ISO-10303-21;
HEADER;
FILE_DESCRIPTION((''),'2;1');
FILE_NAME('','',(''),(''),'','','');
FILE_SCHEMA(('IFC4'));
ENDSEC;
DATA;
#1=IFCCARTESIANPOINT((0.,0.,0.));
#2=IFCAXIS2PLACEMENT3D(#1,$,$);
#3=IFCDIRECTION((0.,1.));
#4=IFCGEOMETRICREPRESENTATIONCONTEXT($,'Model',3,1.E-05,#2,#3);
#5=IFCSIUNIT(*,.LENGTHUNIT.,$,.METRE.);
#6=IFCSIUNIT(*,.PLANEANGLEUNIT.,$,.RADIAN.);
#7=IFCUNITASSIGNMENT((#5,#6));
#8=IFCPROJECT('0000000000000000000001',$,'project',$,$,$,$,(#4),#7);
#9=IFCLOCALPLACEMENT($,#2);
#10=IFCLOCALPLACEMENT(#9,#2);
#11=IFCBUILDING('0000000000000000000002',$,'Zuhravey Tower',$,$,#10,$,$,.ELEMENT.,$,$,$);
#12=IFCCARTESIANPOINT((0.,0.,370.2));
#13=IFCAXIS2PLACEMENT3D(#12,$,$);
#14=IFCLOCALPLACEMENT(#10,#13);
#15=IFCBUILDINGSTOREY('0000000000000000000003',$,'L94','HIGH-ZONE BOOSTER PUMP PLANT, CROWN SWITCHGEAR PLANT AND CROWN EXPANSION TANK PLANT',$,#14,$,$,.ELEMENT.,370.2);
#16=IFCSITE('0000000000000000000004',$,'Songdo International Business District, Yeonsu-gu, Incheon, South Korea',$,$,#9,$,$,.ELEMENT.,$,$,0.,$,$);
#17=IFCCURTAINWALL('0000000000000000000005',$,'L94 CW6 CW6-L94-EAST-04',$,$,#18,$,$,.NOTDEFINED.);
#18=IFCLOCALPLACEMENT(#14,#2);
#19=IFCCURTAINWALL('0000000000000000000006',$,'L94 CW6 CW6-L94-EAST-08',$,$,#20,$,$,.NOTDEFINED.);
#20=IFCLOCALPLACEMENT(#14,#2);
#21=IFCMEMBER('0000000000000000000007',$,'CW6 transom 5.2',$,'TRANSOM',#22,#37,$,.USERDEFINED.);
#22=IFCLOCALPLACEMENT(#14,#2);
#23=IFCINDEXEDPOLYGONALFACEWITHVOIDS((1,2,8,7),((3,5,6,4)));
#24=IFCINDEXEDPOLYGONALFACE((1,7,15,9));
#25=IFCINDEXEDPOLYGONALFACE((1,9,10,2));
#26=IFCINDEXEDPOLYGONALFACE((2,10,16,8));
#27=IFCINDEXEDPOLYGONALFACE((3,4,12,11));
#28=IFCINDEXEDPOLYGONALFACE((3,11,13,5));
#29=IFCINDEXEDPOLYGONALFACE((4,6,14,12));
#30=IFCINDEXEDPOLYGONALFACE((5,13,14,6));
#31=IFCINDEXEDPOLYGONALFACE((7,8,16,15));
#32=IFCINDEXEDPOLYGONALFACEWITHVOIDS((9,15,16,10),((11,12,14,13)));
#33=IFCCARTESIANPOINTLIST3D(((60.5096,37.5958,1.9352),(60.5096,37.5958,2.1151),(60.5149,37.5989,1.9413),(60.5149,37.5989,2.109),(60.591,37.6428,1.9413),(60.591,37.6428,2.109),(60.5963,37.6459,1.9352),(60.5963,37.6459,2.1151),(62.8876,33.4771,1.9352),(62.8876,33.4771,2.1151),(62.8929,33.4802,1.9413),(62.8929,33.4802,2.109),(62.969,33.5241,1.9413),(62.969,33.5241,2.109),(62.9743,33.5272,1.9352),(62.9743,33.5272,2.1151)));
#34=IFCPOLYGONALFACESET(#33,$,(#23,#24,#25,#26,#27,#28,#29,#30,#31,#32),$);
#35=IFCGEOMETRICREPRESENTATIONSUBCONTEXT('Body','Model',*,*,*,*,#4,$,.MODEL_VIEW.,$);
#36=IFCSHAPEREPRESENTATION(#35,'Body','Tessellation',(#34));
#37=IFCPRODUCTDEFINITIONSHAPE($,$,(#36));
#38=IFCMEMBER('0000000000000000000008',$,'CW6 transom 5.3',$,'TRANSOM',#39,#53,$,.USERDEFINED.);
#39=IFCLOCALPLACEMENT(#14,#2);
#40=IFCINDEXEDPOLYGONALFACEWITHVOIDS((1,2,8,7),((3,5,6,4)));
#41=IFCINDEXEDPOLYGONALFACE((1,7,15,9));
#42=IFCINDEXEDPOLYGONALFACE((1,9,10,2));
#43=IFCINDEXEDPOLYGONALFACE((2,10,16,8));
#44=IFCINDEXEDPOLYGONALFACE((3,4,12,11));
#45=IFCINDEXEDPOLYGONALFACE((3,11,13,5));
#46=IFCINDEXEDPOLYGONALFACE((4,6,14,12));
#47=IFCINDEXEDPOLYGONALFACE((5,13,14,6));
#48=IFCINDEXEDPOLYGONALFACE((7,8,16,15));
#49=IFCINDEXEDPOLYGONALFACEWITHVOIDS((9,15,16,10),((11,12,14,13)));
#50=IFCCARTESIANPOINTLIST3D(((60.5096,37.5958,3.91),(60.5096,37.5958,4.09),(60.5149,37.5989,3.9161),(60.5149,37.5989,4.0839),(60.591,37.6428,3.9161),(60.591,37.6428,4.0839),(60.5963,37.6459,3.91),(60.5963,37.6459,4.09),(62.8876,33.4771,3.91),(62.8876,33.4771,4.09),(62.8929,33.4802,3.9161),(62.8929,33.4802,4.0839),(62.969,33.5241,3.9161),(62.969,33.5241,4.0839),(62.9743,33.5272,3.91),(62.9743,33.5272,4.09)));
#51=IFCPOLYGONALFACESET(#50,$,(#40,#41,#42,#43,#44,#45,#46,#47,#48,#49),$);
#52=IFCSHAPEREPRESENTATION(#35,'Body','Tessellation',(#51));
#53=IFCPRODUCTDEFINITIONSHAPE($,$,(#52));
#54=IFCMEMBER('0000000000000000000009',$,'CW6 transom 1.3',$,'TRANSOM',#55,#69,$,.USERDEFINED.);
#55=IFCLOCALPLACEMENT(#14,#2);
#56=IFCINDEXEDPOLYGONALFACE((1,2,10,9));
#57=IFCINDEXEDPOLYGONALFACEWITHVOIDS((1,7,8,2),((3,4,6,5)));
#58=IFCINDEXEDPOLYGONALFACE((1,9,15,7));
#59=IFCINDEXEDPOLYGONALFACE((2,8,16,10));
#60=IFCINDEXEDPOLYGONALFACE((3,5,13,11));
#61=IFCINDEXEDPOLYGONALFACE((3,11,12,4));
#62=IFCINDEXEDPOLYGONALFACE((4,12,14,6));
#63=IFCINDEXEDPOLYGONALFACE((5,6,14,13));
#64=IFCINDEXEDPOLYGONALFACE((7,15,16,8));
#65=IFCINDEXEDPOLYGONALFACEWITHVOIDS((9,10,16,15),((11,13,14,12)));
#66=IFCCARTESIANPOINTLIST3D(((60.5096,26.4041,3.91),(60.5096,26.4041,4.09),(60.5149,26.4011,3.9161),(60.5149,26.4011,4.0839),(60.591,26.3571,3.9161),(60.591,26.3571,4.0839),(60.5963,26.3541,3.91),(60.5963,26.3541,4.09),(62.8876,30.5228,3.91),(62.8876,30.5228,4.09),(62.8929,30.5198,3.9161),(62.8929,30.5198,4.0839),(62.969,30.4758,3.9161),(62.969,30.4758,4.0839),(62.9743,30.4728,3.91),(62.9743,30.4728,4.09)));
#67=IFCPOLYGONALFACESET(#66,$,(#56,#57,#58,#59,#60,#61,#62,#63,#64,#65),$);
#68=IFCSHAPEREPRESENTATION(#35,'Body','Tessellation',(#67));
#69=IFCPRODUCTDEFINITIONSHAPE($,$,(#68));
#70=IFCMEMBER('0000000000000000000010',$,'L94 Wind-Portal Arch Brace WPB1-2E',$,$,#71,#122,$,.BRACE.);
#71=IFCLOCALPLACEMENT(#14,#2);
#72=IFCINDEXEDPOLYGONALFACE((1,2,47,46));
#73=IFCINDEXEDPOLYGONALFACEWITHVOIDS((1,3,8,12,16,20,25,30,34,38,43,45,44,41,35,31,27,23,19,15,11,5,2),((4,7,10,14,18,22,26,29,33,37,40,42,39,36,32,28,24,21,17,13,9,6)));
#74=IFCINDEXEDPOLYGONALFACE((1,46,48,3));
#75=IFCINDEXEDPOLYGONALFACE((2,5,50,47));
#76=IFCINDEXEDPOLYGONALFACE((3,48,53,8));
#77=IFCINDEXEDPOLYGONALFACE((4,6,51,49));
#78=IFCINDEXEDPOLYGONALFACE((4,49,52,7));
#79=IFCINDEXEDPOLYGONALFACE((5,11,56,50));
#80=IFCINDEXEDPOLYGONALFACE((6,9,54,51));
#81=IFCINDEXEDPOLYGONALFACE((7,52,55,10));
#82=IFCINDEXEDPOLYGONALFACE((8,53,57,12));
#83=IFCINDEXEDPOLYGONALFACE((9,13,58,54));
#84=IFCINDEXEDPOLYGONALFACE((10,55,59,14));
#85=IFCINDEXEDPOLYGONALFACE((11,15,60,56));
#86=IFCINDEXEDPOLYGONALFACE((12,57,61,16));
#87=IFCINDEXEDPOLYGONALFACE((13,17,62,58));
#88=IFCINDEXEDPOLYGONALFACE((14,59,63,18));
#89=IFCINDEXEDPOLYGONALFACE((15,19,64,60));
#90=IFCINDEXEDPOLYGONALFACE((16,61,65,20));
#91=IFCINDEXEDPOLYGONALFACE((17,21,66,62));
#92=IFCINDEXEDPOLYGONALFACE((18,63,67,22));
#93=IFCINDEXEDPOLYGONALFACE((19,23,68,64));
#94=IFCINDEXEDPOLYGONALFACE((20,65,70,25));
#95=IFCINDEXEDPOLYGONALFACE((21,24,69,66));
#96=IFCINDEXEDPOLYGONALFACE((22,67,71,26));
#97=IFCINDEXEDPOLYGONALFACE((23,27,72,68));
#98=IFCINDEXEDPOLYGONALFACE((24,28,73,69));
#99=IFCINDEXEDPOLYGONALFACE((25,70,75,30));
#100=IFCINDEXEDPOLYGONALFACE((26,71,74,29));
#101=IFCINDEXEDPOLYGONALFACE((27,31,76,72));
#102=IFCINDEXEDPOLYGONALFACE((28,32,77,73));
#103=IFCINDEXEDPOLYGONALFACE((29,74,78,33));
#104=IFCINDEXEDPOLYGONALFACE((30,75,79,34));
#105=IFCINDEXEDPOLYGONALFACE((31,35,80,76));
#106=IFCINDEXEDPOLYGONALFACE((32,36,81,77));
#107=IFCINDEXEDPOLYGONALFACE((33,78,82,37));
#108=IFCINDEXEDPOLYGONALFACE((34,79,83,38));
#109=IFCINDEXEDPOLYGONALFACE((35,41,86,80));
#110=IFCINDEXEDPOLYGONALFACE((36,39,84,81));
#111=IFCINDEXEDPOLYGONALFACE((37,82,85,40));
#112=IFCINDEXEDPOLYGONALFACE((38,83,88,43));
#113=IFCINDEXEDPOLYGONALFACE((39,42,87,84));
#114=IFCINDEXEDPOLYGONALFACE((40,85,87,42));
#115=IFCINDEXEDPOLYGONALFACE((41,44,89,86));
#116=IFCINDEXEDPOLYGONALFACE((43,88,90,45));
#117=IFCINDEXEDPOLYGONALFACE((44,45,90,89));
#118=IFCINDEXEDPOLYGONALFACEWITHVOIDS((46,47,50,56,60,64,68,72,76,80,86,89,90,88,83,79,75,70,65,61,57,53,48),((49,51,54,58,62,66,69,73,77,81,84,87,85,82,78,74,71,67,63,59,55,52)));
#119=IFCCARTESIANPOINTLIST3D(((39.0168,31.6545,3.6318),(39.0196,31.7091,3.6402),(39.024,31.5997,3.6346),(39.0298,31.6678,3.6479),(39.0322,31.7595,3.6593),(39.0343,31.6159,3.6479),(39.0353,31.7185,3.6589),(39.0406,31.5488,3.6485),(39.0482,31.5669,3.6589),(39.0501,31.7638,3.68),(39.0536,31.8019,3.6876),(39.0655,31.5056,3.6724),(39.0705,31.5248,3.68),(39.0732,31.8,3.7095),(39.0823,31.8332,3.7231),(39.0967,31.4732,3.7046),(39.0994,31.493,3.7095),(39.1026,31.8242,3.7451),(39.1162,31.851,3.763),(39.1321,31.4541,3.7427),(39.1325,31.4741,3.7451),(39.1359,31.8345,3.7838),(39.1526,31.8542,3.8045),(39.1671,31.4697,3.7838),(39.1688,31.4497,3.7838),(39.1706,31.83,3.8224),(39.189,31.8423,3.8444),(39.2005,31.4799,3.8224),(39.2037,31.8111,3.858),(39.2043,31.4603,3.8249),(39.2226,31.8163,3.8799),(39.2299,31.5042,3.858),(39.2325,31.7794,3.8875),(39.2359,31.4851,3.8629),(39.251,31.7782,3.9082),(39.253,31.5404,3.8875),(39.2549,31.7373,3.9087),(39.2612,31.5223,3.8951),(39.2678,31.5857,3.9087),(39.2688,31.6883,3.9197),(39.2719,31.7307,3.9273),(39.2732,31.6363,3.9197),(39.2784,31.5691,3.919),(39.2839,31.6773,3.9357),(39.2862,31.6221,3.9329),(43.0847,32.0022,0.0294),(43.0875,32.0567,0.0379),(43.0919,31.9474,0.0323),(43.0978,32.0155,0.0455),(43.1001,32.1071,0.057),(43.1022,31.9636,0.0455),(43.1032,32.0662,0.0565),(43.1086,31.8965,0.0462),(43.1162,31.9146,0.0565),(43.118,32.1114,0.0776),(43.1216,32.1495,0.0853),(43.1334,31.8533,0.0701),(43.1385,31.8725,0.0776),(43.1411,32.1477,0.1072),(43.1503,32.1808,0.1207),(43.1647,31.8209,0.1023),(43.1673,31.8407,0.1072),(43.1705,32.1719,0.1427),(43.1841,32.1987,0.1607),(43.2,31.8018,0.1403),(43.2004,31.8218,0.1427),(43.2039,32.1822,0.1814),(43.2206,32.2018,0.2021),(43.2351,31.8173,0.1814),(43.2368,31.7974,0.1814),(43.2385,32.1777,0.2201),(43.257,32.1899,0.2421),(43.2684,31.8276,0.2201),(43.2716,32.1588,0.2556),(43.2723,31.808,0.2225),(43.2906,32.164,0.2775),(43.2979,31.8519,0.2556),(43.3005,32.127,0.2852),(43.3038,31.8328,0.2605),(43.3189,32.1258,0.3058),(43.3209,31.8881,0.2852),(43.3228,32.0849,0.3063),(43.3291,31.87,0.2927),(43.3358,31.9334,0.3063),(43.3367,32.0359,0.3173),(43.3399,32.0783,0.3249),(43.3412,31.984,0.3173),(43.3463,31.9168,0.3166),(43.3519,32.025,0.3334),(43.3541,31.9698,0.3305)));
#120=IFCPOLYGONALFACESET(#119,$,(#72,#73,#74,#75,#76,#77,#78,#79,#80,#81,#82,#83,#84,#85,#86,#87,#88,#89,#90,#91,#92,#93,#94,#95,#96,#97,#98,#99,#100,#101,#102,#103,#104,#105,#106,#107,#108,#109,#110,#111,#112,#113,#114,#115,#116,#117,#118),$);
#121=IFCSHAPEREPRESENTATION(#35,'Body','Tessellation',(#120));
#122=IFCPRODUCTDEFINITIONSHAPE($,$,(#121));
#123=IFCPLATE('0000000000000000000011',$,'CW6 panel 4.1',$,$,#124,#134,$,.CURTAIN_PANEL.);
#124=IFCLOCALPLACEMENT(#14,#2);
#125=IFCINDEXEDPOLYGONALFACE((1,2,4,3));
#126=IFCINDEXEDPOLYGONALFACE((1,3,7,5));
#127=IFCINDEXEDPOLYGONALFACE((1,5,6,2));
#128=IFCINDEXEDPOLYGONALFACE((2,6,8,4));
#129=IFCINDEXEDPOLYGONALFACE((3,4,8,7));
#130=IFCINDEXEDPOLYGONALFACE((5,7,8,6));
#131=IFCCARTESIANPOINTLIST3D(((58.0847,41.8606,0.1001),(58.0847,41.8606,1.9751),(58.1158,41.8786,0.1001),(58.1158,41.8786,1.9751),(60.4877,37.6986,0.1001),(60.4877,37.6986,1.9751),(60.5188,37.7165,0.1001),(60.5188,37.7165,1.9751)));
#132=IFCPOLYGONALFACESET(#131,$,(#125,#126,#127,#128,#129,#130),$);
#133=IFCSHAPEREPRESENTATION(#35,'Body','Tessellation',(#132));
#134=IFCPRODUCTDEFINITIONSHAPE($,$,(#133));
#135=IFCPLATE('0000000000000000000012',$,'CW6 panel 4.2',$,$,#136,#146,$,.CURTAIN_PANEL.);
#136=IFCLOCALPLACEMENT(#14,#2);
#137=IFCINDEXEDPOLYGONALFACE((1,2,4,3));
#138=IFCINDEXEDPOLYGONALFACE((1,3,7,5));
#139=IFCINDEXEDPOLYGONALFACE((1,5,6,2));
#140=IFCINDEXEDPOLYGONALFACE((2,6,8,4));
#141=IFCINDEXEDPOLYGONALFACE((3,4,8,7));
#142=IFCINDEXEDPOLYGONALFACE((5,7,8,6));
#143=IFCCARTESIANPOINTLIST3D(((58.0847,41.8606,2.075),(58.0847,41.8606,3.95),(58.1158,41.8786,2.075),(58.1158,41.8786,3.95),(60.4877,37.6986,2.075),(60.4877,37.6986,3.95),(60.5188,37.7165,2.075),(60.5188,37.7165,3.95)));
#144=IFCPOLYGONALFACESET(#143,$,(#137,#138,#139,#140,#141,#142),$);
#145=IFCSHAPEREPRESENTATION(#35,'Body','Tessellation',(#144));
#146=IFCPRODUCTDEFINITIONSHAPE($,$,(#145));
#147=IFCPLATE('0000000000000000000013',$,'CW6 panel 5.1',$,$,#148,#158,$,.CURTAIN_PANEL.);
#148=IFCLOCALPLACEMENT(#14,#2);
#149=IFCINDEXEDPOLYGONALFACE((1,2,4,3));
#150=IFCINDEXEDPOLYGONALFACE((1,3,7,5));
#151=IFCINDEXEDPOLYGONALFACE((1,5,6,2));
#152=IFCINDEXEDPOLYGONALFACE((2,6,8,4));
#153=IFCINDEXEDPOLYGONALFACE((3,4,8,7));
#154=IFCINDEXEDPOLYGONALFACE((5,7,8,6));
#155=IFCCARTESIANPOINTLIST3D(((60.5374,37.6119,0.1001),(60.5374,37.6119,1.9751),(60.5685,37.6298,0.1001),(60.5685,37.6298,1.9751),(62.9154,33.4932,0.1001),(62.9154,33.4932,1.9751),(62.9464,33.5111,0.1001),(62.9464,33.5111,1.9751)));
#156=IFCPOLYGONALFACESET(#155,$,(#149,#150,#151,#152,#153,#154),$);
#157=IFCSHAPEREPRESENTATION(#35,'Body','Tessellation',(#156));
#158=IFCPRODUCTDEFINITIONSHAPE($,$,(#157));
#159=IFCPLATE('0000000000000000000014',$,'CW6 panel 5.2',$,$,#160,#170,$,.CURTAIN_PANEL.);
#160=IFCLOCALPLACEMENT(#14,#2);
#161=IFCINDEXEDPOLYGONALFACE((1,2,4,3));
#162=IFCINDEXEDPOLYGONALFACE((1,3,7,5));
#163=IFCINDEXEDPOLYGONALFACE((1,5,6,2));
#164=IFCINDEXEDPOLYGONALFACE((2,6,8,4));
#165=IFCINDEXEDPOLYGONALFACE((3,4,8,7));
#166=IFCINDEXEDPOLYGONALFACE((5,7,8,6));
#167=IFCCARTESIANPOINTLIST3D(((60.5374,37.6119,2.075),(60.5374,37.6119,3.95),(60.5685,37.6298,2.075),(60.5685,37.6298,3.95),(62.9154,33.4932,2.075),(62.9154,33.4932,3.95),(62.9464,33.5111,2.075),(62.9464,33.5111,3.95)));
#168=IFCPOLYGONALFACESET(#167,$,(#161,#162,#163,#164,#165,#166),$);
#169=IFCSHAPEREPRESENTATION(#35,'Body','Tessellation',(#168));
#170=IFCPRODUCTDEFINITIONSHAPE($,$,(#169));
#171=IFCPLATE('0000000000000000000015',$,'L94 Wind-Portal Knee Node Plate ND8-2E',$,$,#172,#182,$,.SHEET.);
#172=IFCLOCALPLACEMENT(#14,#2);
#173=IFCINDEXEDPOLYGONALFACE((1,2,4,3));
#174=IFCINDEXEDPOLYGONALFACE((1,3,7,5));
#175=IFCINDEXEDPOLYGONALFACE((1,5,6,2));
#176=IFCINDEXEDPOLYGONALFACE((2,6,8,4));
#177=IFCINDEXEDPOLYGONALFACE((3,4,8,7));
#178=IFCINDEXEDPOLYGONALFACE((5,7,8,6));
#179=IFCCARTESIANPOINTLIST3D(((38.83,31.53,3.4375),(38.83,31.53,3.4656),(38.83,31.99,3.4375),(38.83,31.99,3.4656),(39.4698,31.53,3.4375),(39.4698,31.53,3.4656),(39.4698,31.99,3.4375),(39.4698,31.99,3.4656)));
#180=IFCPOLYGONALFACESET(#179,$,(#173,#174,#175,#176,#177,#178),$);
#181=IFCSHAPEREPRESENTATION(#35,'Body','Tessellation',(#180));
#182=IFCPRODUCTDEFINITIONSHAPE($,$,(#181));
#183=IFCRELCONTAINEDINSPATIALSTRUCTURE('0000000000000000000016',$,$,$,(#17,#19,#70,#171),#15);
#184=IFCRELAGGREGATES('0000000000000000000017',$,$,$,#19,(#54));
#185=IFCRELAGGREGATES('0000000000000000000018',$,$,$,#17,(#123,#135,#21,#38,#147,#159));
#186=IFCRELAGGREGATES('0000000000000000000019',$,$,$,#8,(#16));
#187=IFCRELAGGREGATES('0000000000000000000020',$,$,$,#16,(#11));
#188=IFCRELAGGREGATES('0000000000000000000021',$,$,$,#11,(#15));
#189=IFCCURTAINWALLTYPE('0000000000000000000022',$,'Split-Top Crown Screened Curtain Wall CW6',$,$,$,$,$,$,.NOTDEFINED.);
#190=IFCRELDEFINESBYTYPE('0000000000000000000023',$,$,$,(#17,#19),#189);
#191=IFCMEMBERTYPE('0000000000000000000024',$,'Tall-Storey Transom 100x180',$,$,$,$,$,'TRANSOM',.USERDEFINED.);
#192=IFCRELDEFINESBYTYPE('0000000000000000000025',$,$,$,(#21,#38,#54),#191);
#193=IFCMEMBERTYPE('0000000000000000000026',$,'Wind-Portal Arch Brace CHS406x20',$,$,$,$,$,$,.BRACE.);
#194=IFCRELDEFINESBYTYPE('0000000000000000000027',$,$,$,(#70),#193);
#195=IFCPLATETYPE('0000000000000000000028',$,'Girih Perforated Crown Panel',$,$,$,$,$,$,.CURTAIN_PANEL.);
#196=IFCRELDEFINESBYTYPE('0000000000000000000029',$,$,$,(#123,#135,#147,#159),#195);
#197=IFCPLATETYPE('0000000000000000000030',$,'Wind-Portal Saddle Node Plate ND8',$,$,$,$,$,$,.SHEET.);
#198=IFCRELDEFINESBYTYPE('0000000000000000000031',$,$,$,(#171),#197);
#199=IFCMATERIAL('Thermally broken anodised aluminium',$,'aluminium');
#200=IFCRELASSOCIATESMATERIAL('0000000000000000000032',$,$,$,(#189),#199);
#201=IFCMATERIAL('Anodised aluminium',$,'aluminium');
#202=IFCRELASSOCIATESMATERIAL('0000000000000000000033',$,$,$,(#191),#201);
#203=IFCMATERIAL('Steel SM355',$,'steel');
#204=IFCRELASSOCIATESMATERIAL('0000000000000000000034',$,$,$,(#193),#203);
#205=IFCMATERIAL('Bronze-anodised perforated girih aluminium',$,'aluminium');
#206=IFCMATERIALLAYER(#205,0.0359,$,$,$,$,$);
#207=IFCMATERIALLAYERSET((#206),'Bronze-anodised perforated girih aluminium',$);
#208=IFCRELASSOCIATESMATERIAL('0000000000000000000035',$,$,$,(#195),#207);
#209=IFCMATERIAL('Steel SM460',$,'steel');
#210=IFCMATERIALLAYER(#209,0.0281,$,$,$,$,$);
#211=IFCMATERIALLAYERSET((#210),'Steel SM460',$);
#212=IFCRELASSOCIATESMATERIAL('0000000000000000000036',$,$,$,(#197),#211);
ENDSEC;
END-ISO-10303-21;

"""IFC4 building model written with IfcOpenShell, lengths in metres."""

from ifc_helpers import new_model, si_unit, direction, frame, origin, origin_2d, place, context, subcontext, project, spatial, rectangle, hollow_rectangle, hollow_circle, extrude, material, layer, layer_set, material_profile, profile_set, type_object, element, aggregate, save


model = new_model("IFC4")

# Units and contexts
model_context = context("Model", 3, precision=1e-05, world=origin(), true_north=direction((0.0, 1.0)))
body_context = subcontext(model_context, "Body", "Model", "MODEL_VIEW")
ifc_project = project(units=[si_unit("LENGTHUNIT", "METRE"), si_unit("PLANEANGLEUNIT", "RADIAN")], contexts=[model_context])

# Site, building, storey
site_placement = place(None, origin())
site = spatial("IfcSite", under=ifc_project, at=site_placement, Name="Songdo International Business District, Yeonsu-gu, Incheon, South Korea", CompositionType="ELEMENT", RefElevation=0.0)
building_placement = place(site_placement, origin())
building = spatial("IfcBuilding", under=site, at=building_placement, Name="Zuhravey Tower", CompositionType="ELEMENT")
storey_placement = place(building_placement, frame((0.0, 0.0, 370.2)))
storey = spatial("IfcBuildingStorey", under=building, at=storey_placement, Name="L94", Description="HIGH-ZONE BOOSTER PUMP PLANT, CROWN SWITCHGEAR PLANT AND CROWN EXPANSION TANK PLANT", CompositionType="ELEMENT", Elevation=370.2)

# Shared definitions
ifc_material_1 = material(Name="Steel SM355", Category="steel")

# Curtain wall
ifc_material_2 = material(Name="Thermally broken anodised aluminium", Category="aluminium")
curtain_wall_type = type_object("IfcCurtainWallType", Name="Split-Top Crown Screened Curtain Wall CW6", PredefinedType="NOTDEFINED", material=ifc_material_2)
curtain_wall_1_placement = place(storey_placement, origin())
curtain_wall_1 = element("IfcCurtainWall", 1, at=curtain_wall_1_placement, inside=storey, type_object=curtain_wall_type, Name="L94 CW6 CW6-L94-EAST-04", PredefinedType="NOTDEFINED")
ifc_material_3 = material(Name="Anodised aluminium", Category="aluminium")

# Curtain wall
curtain_wall_2_placement = place(storey_placement, origin())
curtain_wall_2 = element("IfcCurtainWall", 2, at=curtain_wall_2_placement, inside=storey, type_object=curtain_wall_type, Name="L94 CW6 CW6-L94-EAST-08", PredefinedType="NOTDEFINED")

# Members
ifc_material_profile_1 = material_profile(ifc_material_3, hollow_rectangle(XDim=0.1001, YDim=0.1799, WallThickness=0.0061, at=origin_2d()), Name="ALU-RHS-100x180x6")
ifc_profile_set_1 = profile_set([ifc_material_profile_1], Name="Anodised aluminium")
member_type_1 = type_object("IfcMemberType", Name="Tall-Storey Transom 100x180", ElementType="TRANSOM", PredefinedType="USERDEFINED", material=ifc_profile_set_1)
member_1_placement = place(storey_placement, frame((60.553, 37.6208, 2.0251), z_axis=(0.500004, -0.866023, 0.0), x_axis=(0.866023, 0.500004, 0.0)))
member_1 = element("IfcMember", 3, at=member_1_placement, type_object=member_type_1, Name="CW6 transom 5.2", ObjectType="TRANSOM", PredefinedType="USERDEFINED", context=body_context, shape_type="SweptSolid", body=[
    extrude(hollow_rectangle(XDim=0.1001, YDim=0.1799, WallThickness=0.0061, at=origin_2d()), origin(), (0.0, 0.0, 1.0), 4.7559),
])
member_2_placement = place(storey_placement, frame((60.553, 37.6208, 4.0), z_axis=(0.500004, -0.866023, 0.0), x_axis=(0.866023, 0.500004, 0.0)))
member_2 = element("IfcMember", 4, at=member_2_placement, type_object=member_type_1, Name="CW6 transom 5.3", ObjectType="TRANSOM", PredefinedType="USERDEFINED", context=body_context, shape_type="SweptSolid", body=[
    extrude(hollow_rectangle(XDim=0.1001, YDim=0.1799, WallThickness=0.0061, at=origin_2d()), origin(), (0.0, 0.0, 1.0), 4.7559),
])
member_3_placement = place(storey_placement, frame((62.9309, 30.4978, 4.0), z_axis=(-0.500004, -0.866023, 0.0), x_axis=(0.866023, -0.500004, 0.0)))
member_3 = element("IfcMember", 5, at=member_3_placement, type_object=member_type_1, Name="CW6 transom 1.3", ObjectType="TRANSOM", PredefinedType="USERDEFINED", context=body_context, shape_type="SweptSolid", body=[
    extrude(hollow_rectangle(XDim=0.1001, YDim=0.1799, WallThickness=0.0061, at=origin_2d()), origin(), (0.0, 0.0, 1.0), 4.7559),
])
aggregate(curtain_wall_2, [member_3])
ifc_material_profile_2 = material_profile(ifc_material_1, hollow_circle(Radius=0.2031, WallThickness=0.02, at=origin_2d()), Name="CHS-406.4x20")
ifc_profile_set_2 = profile_set([ifc_material_profile_2], Name="Steel SM355")
member_type_2 = type_object("IfcMemberType", Name="Wind-Portal Arch Brace CHS406x20", PredefinedType="BRACE", material=ifc_profile_set_2)
member_4_placement = place(storey_placement, frame((43.2195, 31.9998, 0.1814), z_axis=(-0.747122, -0.063852, 0.661613), x_axis=(0.085154, -0.996368, 0.0)))
element("IfcMember", 6, at=member_4_placement, inside=storey, type_object=member_type_2, Name="L94 Wind-Portal Arch Brace WPB1-2E", PredefinedType="BRACE", context=body_context, shape_type="SweptSolid", body=[
    extrude(hollow_circle(Radius=0.2031, WallThickness=0.02, at=origin_2d()), origin(), (0.0, 0.0, 1.0), 5.4448),
])

# Plates
ifc_material_4 = material(Name="Bronze-anodised perforated girih aluminium", Category="aluminium")
ifc_layer_1 = layer(ifc_material_4, 0.0359)
ifc_layer_set_1 = layer_set([ifc_layer_1], Name="Bronze-anodised perforated girih aluminium")
plate_type_1 = type_object("IfcPlateType", Name="Girih Perforated Crown Panel", PredefinedType="CURTAIN_PANEL", material=ifc_layer_set_1)
plate_1_placement = place(storey_placement, frame((59.3018, 39.7886, 0.1001), z_axis=(0.0, 0.0, 1.0), x_axis=(0.499997, -0.866027, 0.0)))
plate_1 = element("IfcPlate", 7, at=plate_1_placement, type_object=plate_type_1, Name="CW6 panel 4.1", PredefinedType="CURTAIN_PANEL", context=body_context, shape_type="SweptSolid", body=[
    extrude(rectangle(XDim=4.8059, YDim=0.0359, at=origin_2d()), origin(), (0.0, 0.0, 1.0), 1.875),
])
plate_2_placement = place(storey_placement, frame((59.3018, 39.7886, 2.075), z_axis=(0.0, 0.0, 1.0), x_axis=(0.499997, -0.866027, 0.0)))
plate_2 = element("IfcPlate", 8, at=plate_2_placement, type_object=plate_type_1, Name="CW6 panel 4.2", PredefinedType="CURTAIN_PANEL", context=body_context, shape_type="SweptSolid", body=[
    extrude(rectangle(XDim=4.8059, YDim=0.0359, at=origin_2d()), origin(), (0.0, 0.0, 1.0), 1.875),
])
plate_3_placement = place(storey_placement, frame((61.7419, 35.5615, 0.1001), z_axis=(0.0, 0.0, 1.0), x_axis=(0.499997, -0.866027, 0.0)))
plate_3 = element("IfcPlate", 9, at=plate_3_placement, type_object=plate_type_1, Name="CW6 panel 5.1", PredefinedType="CURTAIN_PANEL", context=body_context, shape_type="SweptSolid", body=[
    extrude(rectangle(XDim=4.7559, YDim=0.0359, at=origin_2d()), origin(), (0.0, 0.0, 1.0), 1.875),
])
plate_4_placement = place(storey_placement, frame((61.7419, 35.5615, 2.075), z_axis=(0.0, 0.0, 1.0), x_axis=(0.499997, -0.866027, 0.0)))
plate_4 = element("IfcPlate", 10, at=plate_4_placement, type_object=plate_type_1, Name="CW6 panel 5.2", PredefinedType="CURTAIN_PANEL", context=body_context, shape_type="SweptSolid", body=[
    extrude(rectangle(XDim=4.7559, YDim=0.0359, at=origin_2d()), origin(), (0.0, 0.0, 1.0), 1.875),
])
aggregate(curtain_wall_1, [plate_1, plate_2, member_1, member_2, plate_3, plate_4])
ifc_material_5 = material(Name="Steel SM460", Category="steel")
ifc_layer_2 = layer(ifc_material_5, 0.0281)
ifc_layer_set_2 = layer_set([ifc_layer_2], Name="Steel SM460")
plate_type_2 = type_object("IfcPlateType", Name="Wind-Portal Saddle Node Plate ND8", PredefinedType="SHEET", material=ifc_layer_set_2)
plate_5_placement = place(storey_placement, frame((39.1499, 31.76, 3.4375), z_axis=(0.0, 0.0, 1.0), x_axis=(1.0, 0.0, 0.0)))
element("IfcPlate", 11, at=plate_5_placement, inside=storey, type_object=plate_type_2, Name="L94 Wind-Portal Knee Node Plate ND8-2E", PredefinedType="SHEET", context=body_context, shape_type="SweptSolid", body=[
    extrude(rectangle(XDim=0.6399, YDim=0.46, at=origin_2d()), origin(), (0.0, 0.0, 1.0), 0.0281),
])

save(model, "model.ifc")
